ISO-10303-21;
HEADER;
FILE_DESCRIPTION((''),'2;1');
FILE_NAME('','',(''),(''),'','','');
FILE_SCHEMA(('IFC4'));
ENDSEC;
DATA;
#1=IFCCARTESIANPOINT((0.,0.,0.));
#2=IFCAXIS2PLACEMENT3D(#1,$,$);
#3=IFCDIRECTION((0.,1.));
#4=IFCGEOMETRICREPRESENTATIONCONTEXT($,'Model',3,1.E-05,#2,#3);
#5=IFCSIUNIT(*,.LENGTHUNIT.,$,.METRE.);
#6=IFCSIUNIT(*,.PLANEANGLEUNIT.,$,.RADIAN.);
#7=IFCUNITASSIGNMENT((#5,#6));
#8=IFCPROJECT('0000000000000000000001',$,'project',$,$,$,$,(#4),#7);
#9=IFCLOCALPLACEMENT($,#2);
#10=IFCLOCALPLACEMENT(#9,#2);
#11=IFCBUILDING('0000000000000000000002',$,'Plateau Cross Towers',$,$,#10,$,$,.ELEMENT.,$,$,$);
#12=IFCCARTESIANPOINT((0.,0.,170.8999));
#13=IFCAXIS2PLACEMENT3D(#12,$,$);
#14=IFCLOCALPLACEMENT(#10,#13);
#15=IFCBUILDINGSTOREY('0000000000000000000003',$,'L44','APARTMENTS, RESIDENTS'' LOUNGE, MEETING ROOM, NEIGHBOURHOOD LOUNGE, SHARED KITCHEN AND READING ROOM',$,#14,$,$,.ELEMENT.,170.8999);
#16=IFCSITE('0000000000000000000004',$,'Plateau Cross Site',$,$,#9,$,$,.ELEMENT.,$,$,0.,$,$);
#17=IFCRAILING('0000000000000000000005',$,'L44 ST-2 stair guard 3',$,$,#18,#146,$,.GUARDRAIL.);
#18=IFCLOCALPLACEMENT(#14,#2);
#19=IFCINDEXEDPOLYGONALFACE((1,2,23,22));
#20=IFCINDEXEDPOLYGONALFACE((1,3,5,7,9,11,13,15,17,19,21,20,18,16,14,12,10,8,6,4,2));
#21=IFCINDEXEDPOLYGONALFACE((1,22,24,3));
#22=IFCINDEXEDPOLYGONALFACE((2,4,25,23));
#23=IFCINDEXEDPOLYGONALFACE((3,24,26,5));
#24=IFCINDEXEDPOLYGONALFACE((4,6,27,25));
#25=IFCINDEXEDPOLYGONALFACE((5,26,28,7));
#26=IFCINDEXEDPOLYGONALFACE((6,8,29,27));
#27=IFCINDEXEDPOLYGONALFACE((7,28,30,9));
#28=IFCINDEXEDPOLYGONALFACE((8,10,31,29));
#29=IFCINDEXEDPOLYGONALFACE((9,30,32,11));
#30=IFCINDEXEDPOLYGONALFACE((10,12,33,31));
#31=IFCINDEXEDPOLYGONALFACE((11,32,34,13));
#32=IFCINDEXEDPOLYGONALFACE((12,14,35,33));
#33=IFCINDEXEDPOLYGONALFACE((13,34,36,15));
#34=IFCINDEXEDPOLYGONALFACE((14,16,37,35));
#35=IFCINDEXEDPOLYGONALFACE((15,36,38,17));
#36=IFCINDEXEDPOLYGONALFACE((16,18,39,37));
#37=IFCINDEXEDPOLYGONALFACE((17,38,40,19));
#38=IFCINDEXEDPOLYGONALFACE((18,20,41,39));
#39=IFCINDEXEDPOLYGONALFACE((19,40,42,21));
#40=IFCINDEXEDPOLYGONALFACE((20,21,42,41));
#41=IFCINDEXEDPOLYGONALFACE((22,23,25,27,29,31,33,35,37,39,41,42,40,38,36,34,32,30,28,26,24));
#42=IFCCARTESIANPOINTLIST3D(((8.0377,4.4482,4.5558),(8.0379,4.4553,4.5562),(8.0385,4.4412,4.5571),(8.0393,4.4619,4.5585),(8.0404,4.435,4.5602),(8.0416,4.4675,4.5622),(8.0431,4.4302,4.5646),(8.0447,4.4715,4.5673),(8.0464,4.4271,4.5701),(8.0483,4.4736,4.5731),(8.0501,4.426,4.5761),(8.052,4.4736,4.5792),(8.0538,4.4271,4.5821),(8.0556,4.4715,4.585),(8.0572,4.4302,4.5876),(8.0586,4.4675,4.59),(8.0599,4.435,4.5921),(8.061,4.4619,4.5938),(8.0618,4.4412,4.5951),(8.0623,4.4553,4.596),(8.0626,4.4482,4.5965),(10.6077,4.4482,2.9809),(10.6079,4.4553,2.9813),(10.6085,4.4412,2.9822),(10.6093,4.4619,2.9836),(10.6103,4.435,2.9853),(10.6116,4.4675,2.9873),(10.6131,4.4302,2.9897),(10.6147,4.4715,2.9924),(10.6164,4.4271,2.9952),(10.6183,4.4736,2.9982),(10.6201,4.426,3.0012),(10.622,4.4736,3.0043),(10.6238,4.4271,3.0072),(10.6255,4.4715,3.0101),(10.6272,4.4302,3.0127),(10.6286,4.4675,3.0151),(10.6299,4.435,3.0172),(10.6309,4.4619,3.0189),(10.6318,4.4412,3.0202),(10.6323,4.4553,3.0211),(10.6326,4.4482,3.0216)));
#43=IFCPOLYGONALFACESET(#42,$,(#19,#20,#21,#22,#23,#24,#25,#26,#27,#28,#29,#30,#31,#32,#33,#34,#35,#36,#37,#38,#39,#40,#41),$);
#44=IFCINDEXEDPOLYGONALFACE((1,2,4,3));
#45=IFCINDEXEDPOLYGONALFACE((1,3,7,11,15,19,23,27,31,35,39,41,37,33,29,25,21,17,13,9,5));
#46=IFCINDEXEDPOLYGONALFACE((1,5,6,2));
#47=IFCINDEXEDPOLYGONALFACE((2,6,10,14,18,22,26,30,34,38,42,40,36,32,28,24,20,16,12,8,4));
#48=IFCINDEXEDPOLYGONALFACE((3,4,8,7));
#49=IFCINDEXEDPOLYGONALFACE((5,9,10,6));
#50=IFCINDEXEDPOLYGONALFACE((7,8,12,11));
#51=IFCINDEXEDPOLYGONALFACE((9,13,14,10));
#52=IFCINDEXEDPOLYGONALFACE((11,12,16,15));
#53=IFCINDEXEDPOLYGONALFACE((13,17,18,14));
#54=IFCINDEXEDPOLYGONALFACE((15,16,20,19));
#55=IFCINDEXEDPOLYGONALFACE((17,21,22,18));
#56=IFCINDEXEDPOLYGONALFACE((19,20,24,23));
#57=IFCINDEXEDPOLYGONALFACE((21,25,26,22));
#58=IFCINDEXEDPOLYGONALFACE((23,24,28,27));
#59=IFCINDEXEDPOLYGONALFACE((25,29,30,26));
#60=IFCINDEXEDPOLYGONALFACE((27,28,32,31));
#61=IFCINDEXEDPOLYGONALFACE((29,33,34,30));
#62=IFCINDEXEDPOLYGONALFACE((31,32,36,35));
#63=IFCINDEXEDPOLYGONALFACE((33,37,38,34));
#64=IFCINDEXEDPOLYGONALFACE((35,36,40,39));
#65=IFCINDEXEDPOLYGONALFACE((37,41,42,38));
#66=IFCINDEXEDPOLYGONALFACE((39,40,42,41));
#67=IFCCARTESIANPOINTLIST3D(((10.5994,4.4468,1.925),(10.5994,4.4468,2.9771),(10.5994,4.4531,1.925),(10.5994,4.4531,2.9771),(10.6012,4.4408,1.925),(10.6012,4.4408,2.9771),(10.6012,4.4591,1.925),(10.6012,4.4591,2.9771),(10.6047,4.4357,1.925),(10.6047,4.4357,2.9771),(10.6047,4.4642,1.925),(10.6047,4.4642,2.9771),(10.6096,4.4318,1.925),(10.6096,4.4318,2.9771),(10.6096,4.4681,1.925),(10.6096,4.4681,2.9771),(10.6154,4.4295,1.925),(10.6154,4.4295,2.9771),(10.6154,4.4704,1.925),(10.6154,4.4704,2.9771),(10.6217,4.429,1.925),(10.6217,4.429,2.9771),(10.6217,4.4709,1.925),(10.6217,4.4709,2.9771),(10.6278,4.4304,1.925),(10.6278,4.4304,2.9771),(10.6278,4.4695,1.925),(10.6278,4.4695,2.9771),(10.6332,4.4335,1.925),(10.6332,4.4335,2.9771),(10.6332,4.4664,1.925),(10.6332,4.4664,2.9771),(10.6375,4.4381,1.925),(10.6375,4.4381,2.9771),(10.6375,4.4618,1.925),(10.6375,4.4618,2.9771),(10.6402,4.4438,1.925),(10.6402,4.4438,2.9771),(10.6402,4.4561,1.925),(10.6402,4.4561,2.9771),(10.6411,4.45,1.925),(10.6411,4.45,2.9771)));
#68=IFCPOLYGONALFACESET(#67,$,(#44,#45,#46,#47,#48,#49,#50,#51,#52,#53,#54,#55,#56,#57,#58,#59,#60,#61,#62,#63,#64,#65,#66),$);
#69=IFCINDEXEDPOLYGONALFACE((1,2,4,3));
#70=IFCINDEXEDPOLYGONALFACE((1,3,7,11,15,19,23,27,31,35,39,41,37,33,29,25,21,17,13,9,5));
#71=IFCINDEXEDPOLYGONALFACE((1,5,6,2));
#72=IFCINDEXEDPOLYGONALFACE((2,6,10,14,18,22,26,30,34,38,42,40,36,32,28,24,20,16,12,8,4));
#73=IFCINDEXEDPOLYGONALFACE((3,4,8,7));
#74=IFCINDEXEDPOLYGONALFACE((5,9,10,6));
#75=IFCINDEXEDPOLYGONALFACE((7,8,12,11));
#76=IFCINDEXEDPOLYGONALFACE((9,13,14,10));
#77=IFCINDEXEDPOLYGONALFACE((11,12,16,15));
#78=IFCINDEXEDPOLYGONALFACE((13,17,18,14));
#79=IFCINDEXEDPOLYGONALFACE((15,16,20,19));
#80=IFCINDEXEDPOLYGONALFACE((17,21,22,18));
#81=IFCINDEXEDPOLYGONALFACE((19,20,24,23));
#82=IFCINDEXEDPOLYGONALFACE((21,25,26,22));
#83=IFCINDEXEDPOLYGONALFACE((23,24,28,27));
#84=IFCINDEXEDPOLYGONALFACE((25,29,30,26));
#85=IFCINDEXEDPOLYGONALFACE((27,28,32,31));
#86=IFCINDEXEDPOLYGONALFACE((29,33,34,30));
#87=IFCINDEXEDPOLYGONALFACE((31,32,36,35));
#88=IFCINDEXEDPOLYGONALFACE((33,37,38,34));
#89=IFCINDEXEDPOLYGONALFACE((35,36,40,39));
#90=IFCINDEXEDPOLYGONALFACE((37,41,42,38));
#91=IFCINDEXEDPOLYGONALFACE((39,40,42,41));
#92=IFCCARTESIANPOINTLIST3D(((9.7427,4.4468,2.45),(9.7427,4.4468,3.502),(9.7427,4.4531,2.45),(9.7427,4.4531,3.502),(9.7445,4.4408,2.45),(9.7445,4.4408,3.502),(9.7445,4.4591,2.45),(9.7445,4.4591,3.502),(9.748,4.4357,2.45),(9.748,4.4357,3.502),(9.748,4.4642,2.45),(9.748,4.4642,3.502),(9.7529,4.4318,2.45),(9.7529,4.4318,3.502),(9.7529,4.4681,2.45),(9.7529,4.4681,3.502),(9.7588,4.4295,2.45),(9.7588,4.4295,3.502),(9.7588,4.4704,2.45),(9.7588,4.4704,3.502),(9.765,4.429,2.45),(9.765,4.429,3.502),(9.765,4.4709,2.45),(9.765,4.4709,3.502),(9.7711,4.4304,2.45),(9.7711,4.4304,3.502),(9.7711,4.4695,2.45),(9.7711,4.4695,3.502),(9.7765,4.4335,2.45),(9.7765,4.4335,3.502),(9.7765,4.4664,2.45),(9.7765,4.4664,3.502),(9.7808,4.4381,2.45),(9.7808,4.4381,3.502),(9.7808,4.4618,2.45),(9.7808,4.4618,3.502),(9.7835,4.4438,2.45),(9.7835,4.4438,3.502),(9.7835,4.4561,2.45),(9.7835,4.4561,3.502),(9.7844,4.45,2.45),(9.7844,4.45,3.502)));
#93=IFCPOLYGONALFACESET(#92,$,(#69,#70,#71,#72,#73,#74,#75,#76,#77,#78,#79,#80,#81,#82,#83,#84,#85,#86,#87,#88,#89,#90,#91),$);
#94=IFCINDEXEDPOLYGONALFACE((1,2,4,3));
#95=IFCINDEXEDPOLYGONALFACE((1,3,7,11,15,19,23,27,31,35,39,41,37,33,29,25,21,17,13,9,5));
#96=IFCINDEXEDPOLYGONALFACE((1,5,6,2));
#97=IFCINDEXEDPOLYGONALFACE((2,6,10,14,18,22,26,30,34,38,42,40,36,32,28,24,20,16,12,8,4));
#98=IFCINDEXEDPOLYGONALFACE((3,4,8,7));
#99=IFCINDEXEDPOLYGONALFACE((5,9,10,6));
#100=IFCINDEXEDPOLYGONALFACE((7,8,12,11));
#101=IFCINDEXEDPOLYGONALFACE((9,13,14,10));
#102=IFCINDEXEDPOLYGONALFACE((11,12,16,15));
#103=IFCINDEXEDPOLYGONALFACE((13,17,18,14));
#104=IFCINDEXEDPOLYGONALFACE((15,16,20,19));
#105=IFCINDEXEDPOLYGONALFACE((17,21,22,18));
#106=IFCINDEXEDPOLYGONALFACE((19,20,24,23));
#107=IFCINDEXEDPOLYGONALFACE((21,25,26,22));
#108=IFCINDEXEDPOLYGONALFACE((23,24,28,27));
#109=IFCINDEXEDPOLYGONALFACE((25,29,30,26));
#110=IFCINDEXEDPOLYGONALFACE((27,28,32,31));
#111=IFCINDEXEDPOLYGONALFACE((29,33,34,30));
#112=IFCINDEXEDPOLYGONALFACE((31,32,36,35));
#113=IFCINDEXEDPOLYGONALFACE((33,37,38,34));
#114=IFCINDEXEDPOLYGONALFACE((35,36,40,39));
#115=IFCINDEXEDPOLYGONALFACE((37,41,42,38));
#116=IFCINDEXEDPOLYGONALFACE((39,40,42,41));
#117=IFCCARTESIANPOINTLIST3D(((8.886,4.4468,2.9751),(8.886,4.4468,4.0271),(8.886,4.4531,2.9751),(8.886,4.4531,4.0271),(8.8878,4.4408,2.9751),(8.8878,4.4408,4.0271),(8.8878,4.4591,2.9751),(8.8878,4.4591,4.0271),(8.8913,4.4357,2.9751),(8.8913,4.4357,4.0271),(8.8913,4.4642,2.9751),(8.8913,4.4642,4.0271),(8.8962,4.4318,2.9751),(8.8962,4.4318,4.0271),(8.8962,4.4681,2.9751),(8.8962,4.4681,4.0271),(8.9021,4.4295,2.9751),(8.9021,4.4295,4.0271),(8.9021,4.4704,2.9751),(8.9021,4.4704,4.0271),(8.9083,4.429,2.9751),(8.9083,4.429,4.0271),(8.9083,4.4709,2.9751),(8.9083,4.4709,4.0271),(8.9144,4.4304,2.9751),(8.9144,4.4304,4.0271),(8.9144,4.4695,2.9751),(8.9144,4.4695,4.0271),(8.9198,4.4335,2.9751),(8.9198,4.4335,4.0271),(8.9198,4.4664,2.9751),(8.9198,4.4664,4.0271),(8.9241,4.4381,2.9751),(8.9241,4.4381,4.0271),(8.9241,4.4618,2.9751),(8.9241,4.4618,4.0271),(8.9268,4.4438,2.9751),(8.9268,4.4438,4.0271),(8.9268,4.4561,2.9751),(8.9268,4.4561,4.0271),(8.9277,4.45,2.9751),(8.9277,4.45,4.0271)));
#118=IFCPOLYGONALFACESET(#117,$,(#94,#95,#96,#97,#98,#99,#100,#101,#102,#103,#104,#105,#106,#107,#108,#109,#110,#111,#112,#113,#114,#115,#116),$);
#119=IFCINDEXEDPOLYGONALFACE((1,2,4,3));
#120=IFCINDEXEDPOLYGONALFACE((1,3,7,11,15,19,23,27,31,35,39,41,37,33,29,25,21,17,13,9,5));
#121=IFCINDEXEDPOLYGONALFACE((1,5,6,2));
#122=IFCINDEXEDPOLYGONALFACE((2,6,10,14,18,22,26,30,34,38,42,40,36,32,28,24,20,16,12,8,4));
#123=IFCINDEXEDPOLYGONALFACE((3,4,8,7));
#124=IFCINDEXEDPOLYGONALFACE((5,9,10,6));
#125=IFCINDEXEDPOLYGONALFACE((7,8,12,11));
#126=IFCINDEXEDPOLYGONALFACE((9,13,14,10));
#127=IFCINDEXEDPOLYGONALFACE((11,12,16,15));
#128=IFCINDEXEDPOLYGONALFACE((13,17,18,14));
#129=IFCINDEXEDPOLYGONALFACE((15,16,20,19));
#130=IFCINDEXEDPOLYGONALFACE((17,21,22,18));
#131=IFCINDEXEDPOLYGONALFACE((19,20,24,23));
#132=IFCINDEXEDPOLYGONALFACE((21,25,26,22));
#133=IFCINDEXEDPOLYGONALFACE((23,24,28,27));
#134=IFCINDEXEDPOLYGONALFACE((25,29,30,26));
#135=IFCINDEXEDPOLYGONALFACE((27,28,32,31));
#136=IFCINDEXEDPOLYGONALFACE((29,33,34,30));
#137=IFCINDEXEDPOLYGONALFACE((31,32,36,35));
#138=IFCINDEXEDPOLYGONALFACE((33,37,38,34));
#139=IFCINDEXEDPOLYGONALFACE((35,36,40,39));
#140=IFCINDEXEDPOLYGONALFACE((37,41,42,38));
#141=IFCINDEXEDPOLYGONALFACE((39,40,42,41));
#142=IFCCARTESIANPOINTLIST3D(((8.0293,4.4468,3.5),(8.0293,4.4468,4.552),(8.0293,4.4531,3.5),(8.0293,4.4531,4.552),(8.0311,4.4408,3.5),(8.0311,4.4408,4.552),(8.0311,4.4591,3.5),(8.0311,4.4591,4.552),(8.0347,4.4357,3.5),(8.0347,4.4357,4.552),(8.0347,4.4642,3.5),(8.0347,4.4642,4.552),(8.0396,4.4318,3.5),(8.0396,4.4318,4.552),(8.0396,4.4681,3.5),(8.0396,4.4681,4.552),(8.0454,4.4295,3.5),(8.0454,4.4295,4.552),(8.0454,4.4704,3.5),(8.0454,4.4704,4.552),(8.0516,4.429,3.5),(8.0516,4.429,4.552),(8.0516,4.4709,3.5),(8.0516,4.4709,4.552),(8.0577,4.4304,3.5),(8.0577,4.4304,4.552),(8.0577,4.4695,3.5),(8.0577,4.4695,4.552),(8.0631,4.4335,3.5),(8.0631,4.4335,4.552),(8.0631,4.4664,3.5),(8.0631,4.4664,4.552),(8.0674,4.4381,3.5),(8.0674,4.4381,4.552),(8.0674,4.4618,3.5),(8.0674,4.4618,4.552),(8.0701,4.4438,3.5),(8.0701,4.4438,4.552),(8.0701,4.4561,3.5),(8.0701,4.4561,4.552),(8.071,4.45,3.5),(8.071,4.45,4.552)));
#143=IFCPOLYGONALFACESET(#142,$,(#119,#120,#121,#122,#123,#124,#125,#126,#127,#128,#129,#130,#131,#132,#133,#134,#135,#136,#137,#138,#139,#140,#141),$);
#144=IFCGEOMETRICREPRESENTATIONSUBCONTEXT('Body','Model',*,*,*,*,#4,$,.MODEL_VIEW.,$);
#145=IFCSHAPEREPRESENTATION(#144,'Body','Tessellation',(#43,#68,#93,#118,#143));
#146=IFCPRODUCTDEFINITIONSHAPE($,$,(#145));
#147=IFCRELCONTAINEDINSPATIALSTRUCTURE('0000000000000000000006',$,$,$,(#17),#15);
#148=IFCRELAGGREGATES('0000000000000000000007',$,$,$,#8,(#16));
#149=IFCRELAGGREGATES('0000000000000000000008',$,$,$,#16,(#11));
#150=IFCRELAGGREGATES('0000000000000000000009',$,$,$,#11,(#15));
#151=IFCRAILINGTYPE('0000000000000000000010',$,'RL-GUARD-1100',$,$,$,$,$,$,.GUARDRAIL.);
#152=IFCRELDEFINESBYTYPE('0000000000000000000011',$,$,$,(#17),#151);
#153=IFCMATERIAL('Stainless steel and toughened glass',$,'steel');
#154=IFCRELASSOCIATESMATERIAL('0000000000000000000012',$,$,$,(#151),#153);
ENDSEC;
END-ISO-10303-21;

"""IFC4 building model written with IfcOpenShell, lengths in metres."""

from ifc_helpers import new_model, si_unit, direction, frame, origin, origin_2d, place, context, subcontext, project, spatial, circle, extrude, material, type_object, element, save


model = new_model("IFC4")

# Units and contexts
model_context = context("Model", 3, precision=1e-05, world=origin(), true_north=direction((0.0, 1.0)))
body_context = subcontext(model_context, "Body", "Model", "MODEL_VIEW")
ifc_project = project(units=[si_unit("LENGTHUNIT", "METRE"), si_unit("PLANEANGLEUNIT", "RADIAN")], contexts=[model_context])

# Site, building, storey
site_placement = place(None, origin())
site = spatial("IfcSite", under=ifc_project, at=site_placement, Name="Plateau Cross Site", CompositionType="ELEMENT", RefElevation=0.0)
building_placement = place(site_placement, origin())
building = spatial("IfcBuilding", under=site, at=building_placement, Name="Plateau Cross Towers", CompositionType="ELEMENT")
storey_placement = place(building_placement, frame((0.0, 0.0, 170.8999)))
storey = spatial("IfcBuildingStorey", under=building, at=storey_placement, Name="L44", Description="APARTMENTS, RESIDENTS' LOUNGE, MEETING ROOM, NEIGHBOURHOOD LOUNGE, SHARED KITCHEN AND READING ROOM", CompositionType="ELEMENT", Elevation=170.8999)

# Railing
ifc_material_1 = material(Name="Stainless steel and toughened glass", Category="steel")
railing_type_1 = type_object("IfcRailingType", Name="RL-GUARD-1100", PredefinedType="GUARDRAIL", material=ifc_material_1)
railing_1_placement = place(storey_placement, frame((10.6201, 4.45, 1.925)))
element("IfcRailing", 1, at=railing_1_placement, inside=storey, type_object=railing_type_1, Name="L44 ST-2 stair guard 3", PredefinedType="GUARDRAIL", context=body_context, shape_type="SweptSolid", body=[
    extrude(circle(Radius=0.0239, at=origin_2d()), frame((0.0, 0.0, 1.0762), z_axis=(-0.852639, 0.0, 0.522501), x_axis=(0.0, -1.0, 0.0)), (0.0, 0.0, 1.0), 3.0142),
    extrude(circle(Radius=0.021, at=origin_2d()), origin(), (0.0, 0.0, 1.0), 1.052),
    extrude(circle(Radius=0.021, at=origin_2d()), frame((-0.8567, 0.0, 0.5249)), (0.0, 0.0, 1.0), 1.052),
    extrude(circle(Radius=0.021, at=origin_2d()), frame((-1.7134, 0.0, 1.05)), (0.0, 0.0, 1.0), 1.052),
    extrude(circle(Radius=0.021, at=origin_2d()), frame((-2.5701, 0.0, 1.575)), (0.0, 0.0, 1.0), 1.052),
])

save(model, "model.ifc")
